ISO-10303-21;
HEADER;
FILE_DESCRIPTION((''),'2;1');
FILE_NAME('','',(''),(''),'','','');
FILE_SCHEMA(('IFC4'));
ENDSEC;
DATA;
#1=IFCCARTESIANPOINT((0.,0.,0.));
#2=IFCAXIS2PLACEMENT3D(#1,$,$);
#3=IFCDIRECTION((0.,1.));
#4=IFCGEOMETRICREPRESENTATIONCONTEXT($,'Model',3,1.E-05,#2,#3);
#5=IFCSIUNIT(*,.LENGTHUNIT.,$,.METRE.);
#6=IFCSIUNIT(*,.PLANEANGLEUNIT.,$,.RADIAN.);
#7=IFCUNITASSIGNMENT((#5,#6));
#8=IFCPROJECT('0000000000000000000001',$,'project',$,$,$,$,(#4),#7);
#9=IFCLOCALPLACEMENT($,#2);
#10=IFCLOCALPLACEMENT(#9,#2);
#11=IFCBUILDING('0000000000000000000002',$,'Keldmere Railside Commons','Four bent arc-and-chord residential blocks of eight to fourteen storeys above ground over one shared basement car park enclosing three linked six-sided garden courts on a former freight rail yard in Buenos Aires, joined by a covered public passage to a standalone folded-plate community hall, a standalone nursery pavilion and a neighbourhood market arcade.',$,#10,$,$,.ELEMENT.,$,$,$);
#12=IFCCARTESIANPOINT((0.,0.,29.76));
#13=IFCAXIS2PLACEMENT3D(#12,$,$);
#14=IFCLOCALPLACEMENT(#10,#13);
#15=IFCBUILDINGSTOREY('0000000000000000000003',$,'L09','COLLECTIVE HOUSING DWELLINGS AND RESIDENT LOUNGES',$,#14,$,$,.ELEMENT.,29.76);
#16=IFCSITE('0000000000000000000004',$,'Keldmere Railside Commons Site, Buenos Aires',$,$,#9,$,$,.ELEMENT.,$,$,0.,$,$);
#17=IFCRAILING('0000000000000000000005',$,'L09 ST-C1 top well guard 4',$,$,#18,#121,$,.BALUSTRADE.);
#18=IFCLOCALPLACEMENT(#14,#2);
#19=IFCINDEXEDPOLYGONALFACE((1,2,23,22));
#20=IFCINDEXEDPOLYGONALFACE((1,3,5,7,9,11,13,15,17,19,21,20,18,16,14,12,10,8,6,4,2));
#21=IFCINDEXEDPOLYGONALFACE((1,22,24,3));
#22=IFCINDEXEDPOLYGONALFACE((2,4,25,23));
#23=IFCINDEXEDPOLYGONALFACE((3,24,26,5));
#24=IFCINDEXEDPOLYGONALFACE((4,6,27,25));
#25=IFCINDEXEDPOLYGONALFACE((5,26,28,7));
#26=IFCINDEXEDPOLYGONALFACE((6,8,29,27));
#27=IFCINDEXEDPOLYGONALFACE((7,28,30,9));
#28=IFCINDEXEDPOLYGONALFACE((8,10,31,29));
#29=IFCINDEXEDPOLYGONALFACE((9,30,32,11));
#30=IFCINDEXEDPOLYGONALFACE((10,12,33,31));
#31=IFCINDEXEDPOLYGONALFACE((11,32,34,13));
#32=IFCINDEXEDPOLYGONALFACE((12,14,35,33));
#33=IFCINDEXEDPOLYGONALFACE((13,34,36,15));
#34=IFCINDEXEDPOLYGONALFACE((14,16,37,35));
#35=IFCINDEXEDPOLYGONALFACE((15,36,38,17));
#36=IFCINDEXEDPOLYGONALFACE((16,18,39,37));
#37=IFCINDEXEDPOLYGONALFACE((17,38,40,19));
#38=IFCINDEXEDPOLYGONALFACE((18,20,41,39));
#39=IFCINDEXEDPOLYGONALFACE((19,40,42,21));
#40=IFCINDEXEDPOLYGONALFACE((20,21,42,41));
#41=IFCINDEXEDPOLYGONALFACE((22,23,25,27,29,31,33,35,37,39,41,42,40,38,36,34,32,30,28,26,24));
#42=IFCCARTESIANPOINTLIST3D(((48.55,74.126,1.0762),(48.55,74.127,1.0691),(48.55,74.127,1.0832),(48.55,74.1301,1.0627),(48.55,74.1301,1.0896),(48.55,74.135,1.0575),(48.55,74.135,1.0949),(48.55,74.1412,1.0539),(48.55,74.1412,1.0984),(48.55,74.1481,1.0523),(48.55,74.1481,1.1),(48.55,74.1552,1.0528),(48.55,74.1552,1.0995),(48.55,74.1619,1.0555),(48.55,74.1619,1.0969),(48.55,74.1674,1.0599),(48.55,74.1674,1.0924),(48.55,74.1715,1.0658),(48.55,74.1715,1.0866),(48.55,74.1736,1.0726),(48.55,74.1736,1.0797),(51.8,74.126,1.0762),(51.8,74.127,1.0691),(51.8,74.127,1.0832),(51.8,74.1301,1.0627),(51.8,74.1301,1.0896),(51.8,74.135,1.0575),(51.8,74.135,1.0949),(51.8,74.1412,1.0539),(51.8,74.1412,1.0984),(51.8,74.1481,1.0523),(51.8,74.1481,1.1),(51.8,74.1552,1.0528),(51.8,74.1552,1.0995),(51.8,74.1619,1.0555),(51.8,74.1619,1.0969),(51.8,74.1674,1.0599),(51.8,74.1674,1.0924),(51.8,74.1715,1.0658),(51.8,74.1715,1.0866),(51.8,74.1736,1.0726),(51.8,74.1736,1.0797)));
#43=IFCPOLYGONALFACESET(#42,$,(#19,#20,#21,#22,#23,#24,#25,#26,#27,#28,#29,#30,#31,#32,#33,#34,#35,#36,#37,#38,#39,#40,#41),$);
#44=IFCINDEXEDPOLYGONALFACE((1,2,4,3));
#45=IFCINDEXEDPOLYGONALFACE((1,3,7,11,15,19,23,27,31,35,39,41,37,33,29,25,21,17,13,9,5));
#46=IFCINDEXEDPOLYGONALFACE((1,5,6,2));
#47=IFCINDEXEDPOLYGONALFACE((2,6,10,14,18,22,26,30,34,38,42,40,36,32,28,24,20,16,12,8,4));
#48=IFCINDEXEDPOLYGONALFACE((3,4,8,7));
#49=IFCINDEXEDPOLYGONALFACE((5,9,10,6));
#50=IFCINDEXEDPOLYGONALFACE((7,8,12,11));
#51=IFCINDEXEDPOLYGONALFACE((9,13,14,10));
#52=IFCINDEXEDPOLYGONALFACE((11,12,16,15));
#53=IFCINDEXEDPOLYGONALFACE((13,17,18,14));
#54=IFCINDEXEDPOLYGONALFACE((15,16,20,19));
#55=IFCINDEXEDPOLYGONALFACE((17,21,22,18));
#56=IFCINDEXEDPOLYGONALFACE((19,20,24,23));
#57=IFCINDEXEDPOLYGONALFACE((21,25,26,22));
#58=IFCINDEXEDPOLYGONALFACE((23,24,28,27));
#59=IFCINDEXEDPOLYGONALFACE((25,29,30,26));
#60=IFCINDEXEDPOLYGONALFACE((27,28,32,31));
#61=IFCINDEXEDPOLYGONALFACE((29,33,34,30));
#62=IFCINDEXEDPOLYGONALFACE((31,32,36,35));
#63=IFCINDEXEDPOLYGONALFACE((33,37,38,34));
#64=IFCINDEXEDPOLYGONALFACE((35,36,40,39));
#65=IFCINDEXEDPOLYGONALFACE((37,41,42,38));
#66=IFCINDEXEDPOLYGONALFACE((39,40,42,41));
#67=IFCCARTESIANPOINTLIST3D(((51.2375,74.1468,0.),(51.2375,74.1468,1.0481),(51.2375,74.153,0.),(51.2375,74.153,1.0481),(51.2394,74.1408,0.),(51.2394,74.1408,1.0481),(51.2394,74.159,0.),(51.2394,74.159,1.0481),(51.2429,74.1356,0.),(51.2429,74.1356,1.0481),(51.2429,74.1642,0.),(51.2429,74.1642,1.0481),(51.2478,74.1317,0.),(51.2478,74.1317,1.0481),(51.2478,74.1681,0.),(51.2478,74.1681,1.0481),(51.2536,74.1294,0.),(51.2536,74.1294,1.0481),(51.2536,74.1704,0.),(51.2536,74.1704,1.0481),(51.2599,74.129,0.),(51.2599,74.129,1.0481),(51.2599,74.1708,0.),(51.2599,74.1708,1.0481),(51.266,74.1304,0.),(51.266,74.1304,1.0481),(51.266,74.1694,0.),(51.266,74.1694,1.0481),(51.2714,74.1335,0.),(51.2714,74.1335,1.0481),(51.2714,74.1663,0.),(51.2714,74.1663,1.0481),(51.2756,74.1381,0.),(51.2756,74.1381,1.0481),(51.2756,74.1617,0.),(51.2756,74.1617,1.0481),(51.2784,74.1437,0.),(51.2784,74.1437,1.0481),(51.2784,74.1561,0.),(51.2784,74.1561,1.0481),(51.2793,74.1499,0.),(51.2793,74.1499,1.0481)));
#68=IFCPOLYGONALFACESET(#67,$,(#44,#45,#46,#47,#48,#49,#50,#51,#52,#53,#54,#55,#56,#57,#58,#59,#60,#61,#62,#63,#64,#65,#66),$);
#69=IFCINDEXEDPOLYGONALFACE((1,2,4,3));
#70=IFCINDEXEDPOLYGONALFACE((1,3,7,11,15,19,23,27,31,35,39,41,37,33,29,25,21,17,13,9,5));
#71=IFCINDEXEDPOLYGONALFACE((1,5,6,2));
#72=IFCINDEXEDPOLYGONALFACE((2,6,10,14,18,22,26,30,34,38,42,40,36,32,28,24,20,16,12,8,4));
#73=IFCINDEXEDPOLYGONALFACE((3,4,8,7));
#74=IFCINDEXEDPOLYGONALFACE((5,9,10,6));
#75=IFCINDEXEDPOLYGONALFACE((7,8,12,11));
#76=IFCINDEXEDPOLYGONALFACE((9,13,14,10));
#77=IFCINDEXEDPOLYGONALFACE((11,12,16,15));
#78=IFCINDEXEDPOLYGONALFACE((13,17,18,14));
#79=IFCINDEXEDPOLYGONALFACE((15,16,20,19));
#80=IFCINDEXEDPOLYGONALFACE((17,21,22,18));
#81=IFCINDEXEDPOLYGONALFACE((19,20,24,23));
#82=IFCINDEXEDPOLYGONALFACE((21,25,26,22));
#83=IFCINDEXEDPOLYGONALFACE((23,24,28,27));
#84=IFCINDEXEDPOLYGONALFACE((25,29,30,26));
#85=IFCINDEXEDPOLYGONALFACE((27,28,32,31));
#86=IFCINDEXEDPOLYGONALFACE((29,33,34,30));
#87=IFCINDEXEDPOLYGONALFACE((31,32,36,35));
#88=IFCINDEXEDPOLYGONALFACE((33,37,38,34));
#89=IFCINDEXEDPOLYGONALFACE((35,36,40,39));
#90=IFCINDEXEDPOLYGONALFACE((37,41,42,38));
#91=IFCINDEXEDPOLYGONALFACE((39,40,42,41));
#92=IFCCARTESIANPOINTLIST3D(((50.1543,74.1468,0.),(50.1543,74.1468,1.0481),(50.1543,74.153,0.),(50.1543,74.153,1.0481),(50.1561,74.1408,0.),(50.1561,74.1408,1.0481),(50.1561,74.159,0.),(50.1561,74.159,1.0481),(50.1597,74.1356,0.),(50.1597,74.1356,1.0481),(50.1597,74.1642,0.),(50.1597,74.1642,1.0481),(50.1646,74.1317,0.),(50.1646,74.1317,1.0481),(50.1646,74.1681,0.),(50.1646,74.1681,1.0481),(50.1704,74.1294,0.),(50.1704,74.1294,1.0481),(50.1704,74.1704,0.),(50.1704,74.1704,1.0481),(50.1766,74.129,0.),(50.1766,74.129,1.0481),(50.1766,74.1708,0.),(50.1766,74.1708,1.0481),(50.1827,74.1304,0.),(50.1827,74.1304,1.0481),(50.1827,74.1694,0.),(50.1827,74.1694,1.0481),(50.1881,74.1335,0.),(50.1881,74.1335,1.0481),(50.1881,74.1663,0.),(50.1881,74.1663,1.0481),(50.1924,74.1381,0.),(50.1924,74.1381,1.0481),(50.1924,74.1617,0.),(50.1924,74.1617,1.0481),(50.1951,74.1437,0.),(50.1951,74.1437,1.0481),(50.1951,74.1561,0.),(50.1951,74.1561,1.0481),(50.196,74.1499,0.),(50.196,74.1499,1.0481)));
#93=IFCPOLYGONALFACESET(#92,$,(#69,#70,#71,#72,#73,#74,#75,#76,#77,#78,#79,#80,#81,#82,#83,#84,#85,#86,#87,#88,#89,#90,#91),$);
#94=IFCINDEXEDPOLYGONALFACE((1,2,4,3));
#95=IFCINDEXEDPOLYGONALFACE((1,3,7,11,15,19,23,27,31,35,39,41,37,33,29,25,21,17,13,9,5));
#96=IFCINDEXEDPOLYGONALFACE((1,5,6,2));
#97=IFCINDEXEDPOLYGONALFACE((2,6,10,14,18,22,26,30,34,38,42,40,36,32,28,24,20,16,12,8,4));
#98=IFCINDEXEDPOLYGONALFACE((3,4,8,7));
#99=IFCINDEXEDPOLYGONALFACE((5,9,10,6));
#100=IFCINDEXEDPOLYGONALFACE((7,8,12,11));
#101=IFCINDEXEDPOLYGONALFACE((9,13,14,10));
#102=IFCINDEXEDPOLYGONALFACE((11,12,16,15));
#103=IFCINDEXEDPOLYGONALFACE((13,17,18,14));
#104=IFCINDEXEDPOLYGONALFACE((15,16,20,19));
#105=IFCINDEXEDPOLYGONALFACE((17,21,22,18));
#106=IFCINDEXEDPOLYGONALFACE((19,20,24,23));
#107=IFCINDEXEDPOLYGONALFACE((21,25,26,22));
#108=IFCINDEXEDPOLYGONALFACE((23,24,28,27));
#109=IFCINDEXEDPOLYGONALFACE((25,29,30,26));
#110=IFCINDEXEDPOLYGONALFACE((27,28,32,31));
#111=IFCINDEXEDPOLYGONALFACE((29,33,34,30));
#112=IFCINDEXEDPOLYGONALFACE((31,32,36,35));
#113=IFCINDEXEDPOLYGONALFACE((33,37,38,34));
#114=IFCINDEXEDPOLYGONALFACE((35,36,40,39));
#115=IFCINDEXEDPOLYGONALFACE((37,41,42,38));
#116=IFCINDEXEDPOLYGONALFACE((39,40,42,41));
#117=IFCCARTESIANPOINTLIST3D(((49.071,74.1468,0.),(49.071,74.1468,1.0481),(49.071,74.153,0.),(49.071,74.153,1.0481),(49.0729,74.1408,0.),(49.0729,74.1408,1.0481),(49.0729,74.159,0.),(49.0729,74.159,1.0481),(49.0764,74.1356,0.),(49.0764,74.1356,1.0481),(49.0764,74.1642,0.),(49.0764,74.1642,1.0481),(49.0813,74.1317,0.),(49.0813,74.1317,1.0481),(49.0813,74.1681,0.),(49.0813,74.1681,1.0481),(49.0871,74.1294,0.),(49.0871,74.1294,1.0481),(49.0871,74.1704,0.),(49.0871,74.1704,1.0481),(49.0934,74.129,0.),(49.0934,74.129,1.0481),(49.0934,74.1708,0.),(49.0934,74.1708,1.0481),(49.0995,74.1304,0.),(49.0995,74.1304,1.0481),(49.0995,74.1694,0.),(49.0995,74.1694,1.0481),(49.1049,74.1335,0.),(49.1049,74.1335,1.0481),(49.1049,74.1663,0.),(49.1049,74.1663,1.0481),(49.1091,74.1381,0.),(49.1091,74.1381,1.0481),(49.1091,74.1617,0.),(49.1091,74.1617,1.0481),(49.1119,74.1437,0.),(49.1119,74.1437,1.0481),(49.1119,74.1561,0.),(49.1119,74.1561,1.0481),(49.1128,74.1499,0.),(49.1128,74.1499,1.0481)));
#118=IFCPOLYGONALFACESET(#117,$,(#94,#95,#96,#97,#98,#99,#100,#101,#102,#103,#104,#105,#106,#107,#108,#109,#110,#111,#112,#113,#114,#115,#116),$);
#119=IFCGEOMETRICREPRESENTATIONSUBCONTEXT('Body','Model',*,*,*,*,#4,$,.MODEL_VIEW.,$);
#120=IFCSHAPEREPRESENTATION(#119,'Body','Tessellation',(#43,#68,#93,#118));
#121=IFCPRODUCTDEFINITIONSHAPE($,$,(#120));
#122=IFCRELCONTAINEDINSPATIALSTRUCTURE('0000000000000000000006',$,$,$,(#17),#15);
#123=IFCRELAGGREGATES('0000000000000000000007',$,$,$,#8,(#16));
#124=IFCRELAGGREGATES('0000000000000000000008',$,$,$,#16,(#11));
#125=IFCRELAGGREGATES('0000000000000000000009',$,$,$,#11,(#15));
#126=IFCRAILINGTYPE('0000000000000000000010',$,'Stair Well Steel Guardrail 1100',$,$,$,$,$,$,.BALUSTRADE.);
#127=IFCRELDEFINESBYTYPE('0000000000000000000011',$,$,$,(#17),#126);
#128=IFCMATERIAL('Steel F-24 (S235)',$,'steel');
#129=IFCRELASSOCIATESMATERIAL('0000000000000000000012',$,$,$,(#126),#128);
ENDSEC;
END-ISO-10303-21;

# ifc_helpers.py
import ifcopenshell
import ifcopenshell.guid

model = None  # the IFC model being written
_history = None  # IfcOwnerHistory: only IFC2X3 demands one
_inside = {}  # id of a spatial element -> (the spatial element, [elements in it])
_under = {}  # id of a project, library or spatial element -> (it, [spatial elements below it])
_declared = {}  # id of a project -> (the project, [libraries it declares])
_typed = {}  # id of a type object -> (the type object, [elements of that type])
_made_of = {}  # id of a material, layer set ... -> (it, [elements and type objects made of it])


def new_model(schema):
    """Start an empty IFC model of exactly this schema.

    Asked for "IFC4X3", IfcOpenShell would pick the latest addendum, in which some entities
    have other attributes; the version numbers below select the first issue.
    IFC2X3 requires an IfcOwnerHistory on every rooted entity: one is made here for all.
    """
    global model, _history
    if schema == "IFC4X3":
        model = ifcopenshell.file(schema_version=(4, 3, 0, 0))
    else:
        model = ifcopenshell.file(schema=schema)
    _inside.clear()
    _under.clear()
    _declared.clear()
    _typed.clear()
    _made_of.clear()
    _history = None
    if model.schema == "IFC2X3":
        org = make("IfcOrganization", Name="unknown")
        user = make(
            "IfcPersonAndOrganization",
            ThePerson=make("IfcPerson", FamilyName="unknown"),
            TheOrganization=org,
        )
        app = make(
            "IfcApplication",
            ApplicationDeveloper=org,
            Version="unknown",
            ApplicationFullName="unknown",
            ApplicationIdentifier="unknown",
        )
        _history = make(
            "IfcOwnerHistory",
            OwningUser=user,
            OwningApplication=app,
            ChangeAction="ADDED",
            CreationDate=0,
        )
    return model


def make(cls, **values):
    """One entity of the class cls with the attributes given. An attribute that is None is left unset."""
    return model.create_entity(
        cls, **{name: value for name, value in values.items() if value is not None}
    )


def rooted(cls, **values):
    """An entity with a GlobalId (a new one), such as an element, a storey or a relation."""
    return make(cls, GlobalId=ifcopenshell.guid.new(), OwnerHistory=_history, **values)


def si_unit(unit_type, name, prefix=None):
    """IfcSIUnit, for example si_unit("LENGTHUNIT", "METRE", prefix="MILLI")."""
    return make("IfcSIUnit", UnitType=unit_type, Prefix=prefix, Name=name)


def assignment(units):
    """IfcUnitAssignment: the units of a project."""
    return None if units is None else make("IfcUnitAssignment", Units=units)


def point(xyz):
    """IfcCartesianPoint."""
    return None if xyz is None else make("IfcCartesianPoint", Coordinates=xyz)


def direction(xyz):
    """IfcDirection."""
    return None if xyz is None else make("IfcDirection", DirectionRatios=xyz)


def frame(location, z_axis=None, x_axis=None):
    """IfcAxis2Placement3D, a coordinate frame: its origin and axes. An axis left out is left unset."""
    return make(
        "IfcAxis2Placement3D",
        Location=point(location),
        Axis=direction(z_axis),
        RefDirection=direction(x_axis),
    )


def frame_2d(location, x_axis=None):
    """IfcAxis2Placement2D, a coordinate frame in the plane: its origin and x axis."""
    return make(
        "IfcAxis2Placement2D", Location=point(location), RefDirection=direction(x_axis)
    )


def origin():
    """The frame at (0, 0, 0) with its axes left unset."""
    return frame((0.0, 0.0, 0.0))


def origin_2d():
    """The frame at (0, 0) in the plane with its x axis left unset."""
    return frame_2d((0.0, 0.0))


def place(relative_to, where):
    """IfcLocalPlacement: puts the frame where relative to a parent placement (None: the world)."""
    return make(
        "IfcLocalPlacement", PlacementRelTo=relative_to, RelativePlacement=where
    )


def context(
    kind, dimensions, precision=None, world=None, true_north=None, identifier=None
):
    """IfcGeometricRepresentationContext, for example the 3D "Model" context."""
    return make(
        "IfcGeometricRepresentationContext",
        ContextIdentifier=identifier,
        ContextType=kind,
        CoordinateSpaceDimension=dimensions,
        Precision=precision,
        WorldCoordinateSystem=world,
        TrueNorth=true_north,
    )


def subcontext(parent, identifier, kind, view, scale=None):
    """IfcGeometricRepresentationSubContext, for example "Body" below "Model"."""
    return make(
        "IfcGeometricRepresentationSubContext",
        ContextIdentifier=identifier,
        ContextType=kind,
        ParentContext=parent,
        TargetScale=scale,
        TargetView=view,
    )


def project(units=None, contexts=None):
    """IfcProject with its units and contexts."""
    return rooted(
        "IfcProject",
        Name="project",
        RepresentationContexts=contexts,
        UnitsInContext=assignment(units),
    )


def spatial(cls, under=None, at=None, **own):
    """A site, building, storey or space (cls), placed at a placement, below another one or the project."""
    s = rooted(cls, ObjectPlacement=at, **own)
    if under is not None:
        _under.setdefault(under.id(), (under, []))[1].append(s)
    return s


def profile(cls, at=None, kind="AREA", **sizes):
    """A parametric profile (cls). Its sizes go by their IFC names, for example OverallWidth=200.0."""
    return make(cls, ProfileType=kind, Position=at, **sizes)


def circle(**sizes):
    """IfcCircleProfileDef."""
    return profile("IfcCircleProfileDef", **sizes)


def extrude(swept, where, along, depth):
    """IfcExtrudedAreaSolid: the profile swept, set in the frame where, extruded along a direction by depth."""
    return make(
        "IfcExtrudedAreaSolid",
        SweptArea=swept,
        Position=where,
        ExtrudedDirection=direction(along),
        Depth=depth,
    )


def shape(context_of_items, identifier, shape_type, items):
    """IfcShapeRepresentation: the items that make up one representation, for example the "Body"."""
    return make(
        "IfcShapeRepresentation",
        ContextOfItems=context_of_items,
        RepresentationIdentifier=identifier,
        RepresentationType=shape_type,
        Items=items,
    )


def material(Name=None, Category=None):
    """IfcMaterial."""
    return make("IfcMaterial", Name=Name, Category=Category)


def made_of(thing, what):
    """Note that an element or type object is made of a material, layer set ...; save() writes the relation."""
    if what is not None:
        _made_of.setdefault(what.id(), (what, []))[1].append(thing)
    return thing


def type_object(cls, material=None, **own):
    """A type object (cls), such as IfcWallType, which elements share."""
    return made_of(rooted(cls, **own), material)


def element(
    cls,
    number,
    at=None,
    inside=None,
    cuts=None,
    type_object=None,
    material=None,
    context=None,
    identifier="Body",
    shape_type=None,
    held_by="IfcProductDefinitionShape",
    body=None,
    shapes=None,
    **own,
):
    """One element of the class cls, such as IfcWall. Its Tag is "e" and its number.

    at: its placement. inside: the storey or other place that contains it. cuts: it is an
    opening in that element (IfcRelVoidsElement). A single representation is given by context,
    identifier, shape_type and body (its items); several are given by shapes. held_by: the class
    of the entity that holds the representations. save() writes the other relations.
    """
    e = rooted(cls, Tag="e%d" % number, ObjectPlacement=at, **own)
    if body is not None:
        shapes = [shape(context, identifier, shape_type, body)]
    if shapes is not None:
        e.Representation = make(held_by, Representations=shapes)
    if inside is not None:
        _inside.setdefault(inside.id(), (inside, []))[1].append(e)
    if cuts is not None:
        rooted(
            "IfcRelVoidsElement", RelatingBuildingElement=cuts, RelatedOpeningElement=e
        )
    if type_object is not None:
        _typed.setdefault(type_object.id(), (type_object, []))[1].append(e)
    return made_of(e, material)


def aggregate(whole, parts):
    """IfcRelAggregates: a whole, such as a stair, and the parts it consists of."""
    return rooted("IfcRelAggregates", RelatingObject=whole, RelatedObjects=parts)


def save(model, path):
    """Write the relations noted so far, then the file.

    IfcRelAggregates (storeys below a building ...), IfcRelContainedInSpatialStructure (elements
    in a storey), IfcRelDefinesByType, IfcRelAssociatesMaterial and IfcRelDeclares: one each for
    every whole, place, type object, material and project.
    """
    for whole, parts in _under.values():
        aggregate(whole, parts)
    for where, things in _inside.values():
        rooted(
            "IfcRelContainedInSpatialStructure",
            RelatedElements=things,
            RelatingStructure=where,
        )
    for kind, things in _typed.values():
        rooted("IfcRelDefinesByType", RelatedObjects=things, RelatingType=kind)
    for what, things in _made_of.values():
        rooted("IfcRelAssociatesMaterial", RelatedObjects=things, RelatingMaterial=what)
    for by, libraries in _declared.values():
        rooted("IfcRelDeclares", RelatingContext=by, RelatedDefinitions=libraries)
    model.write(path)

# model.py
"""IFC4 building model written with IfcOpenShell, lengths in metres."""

from ifc_helpers import new_model, si_unit, direction, frame, origin, origin_2d, place, context, subcontext, project, spatial, circle, extrude, material, type_object, element, save


model = new_model("IFC4")

# Units and contexts
model_context = context("Model", 3, precision=1e-05, world=origin(), true_north=direction((0.0, 1.0)))
body_context = subcontext(model_context, "Body", "Model", "MODEL_VIEW")
ifc_project = project(units=[si_unit("LENGTHUNIT", "METRE"), si_unit("PLANEANGLEUNIT", "RADIAN")], contexts=[model_context])

# Site, building, storey
site_placement = place(None, origin())
site = spatial("IfcSite", under=ifc_project, at=site_placement, Name="Keldmere Railside Commons Site, Buenos Aires", CompositionType="ELEMENT", RefElevation=0.0)
building_placement = place(site_placement, origin())
building = spatial("IfcBuilding", under=site, at=building_placement, Name="Keldmere Railside Commons", Description="Four bent arc-and-chord residential blocks of eight to fourteen storeys above ground over one shared basement car park enclosing three linked six-sided garden courts on a former freight rail yard in Buenos Aires, joined by a covered public passage to a standalone folded-plate community hall, a standalone nursery pavilion and a neighbourhood market arcade.", CompositionType="ELEMENT")
storey_placement = place(building_placement, frame((0.0, 0.0, 29.76)))
storey = spatial("IfcBuildingStorey", under=building, at=storey_placement, Name="L09", Description="COLLECTIVE HOUSING DWELLINGS AND RESIDENT LOUNGES", CompositionType="ELEMENT", Elevation=29.76)

# Railing
ifc_material_1 = material(Name="Steel F-24 (S235)", Category="steel")
railing_type = type_object("IfcRailingType", Name="Stair Well Steel Guardrail 1100", PredefinedType="BALUSTRADE", material=ifc_material_1)
railing_placement = place(storey_placement, frame((51.8, 74.1499, 0.0)))
element("IfcRailing", 1, at=railing_placement, inside=storey, type_object=railing_type, Name="L09 ST-C1 top well guard 4", PredefinedType="BALUSTRADE", context=body_context, shape_type="SweptSolid", body=[
    extrude(circle(Radius=0.0239, at=origin_2d()), frame((0.0, 0.0, 1.0762), z_axis=(-1.0, 0.0, 0.0), x_axis=(0.0, -1.0, 0.0)), (0.0, 0.0, 1.0), 3.25),
    extrude(circle(Radius=0.021, at=origin_2d()), frame((-0.5417, 0.0, 0.0)), (0.0, 0.0, 1.0), 1.0481),
    extrude(circle(Radius=0.021, at=origin_2d()), frame((-1.625, 0.0, 0.0)), (0.0, 0.0, 1.0), 1.0481),
    extrude(circle(Radius=0.021, at=origin_2d()), frame((-2.7083, 0.0, 0.0)), (0.0, 0.0, 1.0), 1.0481),
])

save(model, "model.ifc")
